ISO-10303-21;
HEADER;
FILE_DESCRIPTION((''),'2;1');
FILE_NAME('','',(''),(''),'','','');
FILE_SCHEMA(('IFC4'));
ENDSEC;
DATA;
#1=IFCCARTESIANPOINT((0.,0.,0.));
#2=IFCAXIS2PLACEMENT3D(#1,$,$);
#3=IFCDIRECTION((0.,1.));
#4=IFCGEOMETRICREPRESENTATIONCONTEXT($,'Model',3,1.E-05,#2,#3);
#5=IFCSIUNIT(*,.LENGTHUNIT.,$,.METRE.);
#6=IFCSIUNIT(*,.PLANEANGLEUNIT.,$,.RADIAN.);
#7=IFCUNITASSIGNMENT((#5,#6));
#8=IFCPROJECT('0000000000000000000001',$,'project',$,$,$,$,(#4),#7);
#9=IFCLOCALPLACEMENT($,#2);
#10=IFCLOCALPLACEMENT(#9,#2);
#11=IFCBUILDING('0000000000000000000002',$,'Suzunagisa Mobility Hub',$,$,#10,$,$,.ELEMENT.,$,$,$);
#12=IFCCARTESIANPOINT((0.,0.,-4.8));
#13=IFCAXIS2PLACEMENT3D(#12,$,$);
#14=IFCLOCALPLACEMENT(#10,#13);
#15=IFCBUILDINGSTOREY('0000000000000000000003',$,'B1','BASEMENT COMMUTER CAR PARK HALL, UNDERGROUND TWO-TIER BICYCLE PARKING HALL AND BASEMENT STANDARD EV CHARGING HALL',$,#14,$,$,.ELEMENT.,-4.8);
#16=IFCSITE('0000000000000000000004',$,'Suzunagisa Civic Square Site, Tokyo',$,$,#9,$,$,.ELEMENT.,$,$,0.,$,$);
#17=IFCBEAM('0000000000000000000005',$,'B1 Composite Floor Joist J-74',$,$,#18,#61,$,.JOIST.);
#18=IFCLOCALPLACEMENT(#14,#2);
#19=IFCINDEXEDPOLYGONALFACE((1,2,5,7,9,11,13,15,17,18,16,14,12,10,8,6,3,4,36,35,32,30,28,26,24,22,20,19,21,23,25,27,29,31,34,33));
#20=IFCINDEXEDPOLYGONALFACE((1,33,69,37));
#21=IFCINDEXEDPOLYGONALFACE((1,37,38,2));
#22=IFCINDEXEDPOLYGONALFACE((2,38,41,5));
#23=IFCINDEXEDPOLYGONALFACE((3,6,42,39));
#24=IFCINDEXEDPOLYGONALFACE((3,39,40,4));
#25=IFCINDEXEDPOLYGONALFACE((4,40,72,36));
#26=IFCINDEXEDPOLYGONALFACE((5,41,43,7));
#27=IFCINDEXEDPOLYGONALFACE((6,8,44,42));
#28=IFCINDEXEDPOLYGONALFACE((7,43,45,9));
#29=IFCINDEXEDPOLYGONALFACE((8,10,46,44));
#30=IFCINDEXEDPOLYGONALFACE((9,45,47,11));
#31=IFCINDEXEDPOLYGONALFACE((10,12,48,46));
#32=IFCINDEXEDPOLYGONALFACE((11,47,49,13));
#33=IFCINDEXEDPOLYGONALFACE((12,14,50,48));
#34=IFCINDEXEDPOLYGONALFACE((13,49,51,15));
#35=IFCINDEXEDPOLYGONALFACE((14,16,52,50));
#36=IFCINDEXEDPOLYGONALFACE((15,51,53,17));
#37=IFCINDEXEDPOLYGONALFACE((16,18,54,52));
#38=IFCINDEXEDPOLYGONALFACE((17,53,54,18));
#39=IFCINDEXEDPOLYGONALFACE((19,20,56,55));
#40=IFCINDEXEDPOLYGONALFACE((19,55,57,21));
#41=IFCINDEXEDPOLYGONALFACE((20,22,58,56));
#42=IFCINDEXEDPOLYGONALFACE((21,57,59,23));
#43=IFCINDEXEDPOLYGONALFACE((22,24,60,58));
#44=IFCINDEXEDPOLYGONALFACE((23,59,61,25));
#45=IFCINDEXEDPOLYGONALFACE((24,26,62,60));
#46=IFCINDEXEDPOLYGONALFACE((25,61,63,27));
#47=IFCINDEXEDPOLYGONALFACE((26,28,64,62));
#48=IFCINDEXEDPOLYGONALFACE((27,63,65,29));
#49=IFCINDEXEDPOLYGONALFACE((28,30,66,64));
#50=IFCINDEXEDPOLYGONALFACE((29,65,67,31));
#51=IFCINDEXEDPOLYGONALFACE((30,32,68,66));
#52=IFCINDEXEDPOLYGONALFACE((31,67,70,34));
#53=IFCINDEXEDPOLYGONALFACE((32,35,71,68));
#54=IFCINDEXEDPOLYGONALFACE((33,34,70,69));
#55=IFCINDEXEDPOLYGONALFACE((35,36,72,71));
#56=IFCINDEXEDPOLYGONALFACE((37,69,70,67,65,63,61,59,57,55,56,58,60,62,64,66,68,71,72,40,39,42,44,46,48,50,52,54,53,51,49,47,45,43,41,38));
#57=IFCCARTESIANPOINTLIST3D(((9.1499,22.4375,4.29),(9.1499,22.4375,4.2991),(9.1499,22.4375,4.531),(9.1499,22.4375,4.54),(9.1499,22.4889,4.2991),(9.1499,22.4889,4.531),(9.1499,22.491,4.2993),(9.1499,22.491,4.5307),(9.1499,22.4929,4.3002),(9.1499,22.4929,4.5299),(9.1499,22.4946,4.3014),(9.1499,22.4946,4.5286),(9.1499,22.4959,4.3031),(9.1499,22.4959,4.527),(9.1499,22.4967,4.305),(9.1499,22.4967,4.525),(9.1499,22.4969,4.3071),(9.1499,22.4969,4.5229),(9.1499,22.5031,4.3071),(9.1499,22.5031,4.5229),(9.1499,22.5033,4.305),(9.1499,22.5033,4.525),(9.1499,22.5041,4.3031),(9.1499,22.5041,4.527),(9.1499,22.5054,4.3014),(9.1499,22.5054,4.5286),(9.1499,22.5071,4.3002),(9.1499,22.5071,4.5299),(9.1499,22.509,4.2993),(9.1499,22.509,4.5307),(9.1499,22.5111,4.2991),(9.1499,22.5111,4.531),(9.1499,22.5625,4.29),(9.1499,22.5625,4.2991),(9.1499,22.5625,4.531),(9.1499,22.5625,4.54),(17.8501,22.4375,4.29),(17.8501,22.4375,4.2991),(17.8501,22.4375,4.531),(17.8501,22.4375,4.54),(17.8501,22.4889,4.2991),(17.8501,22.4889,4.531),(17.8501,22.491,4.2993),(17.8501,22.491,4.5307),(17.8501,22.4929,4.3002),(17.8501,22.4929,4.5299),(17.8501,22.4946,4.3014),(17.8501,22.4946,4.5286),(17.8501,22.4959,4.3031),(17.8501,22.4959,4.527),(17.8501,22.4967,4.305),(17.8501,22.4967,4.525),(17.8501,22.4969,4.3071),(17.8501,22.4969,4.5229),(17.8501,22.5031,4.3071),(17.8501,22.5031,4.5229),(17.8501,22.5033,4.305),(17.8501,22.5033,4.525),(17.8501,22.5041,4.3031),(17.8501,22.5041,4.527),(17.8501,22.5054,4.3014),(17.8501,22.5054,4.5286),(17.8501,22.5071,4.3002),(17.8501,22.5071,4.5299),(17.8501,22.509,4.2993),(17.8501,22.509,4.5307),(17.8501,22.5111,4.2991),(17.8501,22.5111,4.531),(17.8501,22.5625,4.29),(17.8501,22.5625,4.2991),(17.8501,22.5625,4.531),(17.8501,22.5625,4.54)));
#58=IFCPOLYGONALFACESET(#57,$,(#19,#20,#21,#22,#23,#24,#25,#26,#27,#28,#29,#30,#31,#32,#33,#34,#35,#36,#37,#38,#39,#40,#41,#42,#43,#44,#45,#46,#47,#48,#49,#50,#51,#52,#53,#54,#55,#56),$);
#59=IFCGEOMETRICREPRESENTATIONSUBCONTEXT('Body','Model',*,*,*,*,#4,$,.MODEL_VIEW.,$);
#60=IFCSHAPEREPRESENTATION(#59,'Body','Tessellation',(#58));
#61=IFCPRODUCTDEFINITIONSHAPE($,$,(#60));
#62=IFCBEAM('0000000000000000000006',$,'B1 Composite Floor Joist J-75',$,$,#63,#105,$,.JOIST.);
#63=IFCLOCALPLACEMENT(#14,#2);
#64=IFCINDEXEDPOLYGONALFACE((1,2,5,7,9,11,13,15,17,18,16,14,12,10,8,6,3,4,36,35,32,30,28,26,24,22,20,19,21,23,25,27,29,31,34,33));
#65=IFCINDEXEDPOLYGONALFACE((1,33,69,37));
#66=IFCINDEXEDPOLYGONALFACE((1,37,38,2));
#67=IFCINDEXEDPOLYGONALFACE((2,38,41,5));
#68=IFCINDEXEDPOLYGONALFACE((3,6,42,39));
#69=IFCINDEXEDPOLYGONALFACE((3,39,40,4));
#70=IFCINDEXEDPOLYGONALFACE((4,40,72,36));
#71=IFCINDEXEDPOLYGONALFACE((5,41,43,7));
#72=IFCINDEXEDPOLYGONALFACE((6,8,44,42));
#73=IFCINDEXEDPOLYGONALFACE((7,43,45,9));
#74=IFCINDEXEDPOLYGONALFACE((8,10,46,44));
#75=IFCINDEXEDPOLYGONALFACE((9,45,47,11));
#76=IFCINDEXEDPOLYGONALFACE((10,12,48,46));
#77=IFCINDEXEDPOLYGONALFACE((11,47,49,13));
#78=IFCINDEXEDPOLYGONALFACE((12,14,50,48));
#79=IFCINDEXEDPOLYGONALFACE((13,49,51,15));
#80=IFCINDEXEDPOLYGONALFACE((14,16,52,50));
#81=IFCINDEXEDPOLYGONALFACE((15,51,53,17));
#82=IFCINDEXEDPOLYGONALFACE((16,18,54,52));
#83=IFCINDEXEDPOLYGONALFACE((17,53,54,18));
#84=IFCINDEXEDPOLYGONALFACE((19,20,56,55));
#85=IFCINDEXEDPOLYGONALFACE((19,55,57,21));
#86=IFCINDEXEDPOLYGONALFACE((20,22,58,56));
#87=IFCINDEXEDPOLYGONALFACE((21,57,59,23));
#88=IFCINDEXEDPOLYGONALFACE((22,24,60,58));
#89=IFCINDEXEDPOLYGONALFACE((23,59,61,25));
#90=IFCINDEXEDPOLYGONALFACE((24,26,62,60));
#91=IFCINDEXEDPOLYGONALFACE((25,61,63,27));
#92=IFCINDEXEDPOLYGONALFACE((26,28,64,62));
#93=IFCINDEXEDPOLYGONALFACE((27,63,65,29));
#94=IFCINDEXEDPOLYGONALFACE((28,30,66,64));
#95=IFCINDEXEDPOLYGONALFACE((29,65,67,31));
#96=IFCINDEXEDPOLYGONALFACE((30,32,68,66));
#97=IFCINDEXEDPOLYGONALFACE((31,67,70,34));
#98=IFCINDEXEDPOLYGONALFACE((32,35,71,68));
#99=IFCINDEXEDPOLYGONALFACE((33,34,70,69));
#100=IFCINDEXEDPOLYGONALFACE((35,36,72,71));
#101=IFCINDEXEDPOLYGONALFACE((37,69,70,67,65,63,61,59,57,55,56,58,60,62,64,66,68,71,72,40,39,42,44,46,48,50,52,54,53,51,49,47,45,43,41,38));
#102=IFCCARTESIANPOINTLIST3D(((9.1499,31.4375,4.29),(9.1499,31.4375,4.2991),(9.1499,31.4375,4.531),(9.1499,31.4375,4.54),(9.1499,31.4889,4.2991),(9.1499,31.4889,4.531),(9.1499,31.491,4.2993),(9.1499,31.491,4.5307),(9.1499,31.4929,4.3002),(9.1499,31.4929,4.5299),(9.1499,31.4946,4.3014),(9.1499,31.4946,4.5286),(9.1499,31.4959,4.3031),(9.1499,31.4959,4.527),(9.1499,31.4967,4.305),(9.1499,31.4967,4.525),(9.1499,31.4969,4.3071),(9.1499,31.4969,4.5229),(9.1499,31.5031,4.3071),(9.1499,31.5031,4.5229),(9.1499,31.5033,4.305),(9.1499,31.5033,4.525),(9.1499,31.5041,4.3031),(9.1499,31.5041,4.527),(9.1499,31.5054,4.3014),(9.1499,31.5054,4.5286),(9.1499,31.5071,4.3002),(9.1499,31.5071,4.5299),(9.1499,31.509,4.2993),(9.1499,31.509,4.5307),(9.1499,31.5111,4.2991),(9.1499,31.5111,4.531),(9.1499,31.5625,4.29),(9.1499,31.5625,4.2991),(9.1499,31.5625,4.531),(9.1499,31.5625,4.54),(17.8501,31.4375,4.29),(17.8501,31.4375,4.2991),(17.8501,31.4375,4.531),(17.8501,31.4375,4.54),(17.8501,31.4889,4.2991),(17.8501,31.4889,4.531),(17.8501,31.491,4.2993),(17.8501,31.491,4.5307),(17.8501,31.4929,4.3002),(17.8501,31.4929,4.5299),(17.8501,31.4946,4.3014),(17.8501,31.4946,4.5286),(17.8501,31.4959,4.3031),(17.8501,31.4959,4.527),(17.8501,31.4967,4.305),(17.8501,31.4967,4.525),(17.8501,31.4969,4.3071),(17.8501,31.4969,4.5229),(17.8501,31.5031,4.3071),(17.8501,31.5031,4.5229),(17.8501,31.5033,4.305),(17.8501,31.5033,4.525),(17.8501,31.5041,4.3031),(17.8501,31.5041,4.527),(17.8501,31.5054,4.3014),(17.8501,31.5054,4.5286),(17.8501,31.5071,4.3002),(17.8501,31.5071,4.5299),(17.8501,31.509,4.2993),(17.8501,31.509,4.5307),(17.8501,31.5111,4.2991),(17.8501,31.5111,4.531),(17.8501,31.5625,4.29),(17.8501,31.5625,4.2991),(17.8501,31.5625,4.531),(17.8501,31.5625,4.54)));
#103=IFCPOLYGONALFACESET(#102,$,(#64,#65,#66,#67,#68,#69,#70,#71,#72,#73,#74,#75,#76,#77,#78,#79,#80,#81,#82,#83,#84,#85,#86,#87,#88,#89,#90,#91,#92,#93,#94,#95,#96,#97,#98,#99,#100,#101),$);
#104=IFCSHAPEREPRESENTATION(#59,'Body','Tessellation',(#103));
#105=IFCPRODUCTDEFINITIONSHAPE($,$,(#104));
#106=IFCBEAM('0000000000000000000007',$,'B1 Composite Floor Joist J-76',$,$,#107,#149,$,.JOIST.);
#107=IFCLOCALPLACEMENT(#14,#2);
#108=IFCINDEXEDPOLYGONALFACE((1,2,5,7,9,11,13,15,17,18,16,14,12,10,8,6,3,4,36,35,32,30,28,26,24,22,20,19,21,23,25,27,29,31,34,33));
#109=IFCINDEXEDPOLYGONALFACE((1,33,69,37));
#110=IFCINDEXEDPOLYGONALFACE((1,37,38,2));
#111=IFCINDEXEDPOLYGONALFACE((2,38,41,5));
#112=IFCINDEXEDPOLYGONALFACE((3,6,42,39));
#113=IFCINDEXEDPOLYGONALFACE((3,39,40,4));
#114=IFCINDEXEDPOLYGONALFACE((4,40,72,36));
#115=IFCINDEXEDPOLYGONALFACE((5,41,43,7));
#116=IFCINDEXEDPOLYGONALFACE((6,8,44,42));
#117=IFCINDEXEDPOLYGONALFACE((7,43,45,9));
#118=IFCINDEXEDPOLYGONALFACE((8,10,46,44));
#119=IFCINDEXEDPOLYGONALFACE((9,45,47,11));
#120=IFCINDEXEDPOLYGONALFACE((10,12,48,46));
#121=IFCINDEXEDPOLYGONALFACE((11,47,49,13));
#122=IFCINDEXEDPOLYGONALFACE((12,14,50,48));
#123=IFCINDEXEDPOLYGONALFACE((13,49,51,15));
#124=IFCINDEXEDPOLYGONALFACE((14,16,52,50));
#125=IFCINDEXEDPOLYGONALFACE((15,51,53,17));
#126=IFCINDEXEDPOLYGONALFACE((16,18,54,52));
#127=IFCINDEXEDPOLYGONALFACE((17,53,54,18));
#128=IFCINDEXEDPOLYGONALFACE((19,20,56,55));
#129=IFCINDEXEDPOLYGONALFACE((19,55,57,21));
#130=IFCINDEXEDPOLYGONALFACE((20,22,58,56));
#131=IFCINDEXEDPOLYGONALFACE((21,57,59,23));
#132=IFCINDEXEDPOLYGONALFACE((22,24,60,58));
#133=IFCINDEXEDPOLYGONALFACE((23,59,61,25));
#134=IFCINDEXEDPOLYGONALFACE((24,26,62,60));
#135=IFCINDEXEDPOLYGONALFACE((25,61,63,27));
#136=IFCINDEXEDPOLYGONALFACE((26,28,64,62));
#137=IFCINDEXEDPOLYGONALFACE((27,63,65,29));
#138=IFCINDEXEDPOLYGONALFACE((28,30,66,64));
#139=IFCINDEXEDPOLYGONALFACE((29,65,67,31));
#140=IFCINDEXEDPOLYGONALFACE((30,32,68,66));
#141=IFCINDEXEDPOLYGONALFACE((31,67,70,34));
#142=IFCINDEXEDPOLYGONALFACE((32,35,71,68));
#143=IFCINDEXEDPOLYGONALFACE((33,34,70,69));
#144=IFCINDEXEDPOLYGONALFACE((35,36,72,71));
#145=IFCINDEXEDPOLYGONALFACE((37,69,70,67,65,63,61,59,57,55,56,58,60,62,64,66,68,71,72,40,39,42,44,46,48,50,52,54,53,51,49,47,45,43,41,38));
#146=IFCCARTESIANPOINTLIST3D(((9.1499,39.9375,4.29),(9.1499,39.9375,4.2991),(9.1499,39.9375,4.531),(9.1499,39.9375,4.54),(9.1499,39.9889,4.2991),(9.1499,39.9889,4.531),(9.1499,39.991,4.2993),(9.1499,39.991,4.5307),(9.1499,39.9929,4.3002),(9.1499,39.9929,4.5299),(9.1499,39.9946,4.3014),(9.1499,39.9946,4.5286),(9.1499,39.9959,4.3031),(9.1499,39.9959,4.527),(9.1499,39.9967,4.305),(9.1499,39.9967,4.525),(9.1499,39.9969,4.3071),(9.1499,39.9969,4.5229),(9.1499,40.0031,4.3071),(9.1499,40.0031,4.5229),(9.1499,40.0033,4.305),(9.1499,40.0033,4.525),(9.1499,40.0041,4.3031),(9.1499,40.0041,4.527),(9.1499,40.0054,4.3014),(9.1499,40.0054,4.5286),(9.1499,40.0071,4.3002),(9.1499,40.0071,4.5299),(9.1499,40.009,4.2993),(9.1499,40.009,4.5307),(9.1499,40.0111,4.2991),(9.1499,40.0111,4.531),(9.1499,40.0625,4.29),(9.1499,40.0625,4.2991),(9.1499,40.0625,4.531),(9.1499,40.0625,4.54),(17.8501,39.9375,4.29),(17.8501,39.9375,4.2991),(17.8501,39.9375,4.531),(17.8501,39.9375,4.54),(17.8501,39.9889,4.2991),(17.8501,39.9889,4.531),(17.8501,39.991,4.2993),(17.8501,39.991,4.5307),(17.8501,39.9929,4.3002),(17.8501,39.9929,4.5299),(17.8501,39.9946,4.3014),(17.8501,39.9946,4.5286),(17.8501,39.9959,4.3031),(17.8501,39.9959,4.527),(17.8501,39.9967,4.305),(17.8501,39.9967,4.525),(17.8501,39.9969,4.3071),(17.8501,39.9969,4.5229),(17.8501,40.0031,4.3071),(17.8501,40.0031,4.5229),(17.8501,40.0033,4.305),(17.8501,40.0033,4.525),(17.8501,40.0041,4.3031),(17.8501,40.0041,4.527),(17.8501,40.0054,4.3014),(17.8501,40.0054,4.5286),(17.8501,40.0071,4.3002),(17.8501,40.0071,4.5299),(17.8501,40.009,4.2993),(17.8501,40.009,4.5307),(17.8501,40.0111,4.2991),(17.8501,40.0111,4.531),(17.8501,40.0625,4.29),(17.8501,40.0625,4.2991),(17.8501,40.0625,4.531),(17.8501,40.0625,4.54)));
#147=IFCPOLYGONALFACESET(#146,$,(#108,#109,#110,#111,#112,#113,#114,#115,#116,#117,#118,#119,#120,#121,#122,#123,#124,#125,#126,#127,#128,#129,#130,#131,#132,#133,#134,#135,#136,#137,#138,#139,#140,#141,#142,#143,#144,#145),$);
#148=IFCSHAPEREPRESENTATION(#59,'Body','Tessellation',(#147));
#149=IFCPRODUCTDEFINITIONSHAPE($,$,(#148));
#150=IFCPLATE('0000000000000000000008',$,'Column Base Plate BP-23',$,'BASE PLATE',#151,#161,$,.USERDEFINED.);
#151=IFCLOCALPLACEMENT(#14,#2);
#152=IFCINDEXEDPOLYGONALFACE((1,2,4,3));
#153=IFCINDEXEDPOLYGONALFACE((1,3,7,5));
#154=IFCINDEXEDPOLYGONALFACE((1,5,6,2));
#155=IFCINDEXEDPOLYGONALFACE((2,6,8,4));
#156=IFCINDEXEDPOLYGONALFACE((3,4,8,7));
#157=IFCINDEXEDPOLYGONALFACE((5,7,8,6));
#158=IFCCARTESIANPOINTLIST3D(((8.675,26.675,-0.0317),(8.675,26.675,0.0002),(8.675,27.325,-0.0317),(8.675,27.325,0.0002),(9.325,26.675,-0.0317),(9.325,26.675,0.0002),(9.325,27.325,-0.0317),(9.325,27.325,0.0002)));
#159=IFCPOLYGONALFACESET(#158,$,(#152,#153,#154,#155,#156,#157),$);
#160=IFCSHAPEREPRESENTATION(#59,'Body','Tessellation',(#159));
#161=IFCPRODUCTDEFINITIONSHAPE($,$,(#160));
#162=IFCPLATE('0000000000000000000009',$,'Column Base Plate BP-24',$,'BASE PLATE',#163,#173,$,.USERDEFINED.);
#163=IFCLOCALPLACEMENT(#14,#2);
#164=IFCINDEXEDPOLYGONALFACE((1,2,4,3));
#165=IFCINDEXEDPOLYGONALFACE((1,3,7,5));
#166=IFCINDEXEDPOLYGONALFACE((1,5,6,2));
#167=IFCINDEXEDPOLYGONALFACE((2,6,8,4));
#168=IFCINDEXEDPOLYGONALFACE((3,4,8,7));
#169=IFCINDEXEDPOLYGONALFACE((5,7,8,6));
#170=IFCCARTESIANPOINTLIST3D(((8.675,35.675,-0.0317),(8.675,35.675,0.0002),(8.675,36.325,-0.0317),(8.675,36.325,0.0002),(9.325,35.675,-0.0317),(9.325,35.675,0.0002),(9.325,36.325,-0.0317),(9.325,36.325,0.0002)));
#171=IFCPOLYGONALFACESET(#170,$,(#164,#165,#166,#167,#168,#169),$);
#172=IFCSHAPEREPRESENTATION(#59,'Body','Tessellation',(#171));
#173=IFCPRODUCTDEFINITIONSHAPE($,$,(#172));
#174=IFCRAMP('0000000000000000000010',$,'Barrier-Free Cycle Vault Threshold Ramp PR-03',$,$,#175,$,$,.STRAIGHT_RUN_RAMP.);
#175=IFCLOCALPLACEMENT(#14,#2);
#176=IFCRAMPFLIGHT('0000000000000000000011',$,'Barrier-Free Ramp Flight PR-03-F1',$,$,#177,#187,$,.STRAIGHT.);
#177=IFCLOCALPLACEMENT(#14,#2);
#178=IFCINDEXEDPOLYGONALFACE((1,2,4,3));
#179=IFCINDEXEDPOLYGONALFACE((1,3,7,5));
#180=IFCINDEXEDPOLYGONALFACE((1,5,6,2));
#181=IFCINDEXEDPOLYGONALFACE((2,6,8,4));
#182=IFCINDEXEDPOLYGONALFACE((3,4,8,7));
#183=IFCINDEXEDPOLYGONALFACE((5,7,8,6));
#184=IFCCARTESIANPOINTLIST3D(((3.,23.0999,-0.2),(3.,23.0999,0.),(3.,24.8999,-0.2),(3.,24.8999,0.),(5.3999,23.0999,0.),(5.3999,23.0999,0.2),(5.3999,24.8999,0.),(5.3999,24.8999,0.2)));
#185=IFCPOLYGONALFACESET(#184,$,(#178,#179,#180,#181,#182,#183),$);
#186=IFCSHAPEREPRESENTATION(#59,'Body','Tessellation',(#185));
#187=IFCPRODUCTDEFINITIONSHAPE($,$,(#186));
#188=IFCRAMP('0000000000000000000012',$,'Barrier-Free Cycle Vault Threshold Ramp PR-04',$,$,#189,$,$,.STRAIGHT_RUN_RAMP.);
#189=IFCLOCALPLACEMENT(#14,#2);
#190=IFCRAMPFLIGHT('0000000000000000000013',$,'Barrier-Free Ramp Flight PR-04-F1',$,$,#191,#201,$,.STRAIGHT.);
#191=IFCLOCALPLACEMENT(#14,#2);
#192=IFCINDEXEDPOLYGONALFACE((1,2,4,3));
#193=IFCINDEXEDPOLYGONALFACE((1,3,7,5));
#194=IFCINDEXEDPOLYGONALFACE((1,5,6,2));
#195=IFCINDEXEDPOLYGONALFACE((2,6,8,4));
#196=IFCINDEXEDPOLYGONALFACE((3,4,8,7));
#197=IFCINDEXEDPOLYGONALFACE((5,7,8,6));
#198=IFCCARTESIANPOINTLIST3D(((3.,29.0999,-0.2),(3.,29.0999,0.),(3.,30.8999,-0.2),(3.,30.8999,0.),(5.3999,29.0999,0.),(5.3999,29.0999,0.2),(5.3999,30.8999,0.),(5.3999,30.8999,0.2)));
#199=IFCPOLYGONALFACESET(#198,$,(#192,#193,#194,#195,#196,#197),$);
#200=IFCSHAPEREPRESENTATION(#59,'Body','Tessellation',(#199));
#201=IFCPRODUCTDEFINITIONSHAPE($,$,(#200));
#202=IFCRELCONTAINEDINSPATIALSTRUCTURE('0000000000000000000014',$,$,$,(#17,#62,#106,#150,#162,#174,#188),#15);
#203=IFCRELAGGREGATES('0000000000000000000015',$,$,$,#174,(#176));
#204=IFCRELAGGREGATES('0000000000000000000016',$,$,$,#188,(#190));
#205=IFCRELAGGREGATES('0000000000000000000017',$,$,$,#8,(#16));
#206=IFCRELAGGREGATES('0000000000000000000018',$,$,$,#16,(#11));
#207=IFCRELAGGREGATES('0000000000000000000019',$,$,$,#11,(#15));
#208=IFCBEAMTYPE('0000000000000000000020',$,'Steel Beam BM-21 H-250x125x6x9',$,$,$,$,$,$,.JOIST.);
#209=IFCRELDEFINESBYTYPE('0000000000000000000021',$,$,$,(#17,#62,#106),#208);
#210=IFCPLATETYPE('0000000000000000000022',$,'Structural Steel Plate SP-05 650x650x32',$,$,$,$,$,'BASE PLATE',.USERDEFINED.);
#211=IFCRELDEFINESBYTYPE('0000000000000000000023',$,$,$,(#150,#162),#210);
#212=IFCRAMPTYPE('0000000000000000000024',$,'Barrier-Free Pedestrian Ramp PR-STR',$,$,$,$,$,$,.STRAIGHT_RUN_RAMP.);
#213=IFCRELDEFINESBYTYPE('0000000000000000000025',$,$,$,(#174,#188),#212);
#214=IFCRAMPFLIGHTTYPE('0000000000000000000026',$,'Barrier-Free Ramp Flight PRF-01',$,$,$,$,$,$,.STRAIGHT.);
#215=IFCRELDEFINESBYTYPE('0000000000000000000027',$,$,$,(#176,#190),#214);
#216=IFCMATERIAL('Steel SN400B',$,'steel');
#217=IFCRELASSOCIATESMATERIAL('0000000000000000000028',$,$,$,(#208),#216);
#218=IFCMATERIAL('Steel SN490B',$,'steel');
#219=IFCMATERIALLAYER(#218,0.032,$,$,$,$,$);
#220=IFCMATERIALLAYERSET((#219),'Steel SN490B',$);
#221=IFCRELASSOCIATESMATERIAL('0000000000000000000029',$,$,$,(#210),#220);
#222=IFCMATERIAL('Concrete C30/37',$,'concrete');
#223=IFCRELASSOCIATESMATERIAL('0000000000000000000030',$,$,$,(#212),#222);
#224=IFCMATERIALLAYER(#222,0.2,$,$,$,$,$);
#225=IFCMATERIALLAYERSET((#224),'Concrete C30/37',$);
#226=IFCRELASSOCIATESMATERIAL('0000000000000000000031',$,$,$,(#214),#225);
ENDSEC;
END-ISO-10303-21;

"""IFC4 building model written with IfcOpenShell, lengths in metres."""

from ifc_helpers import new_model, si_unit, direction, frame, origin, origin_2d, place, context, subcontext, project, spatial, polyline, rectangle, i_section, outline, extrude, material, layer, layer_set, material_profile, profile_set, type_object, element, aggregate, save


model = new_model("IFC4")

# Units and contexts
model_context = context("Model", 3, precision=1e-05, world=origin(), true_north=direction((0.0, 1.0)))
body_context = subcontext(model_context, "Body", "Model", "MODEL_VIEW")
ifc_project = project(units=[si_unit("LENGTHUNIT", "METRE"), si_unit("PLANEANGLEUNIT", "RADIAN")], contexts=[model_context])

# Site, building, storey
site_placement = place(None, origin())
site = spatial("IfcSite", under=ifc_project, at=site_placement, Name="Suzunagisa Civic Square Site, Tokyo", CompositionType="ELEMENT", RefElevation=0.0)
building_placement = place(site_placement, origin())
building = spatial("IfcBuilding", under=site, at=building_placement, Name="Suzunagisa Mobility Hub", CompositionType="ELEMENT")
storey_placement = place(building_placement, frame((0.0, 0.0, -4.8)))
storey = spatial("IfcBuildingStorey", under=building, at=storey_placement, Name="B1", Description="BASEMENT COMMUTER CAR PARK HALL, UNDERGROUND TWO-TIER BICYCLE PARKING HALL AND BASEMENT STANDARD EV CHARGING HALL", CompositionType="ELEMENT", Elevation=-4.8)

# Shared definitions
ifc_material_1 = material(Name="Concrete C30/37", Category="concrete")

# Shared definitions
ifc_material_2 = material(Name="Steel SN490B", Category="steel")

# Beams
ifc_material_3 = material(Name="Steel SN400B", Category="steel")
ifc_material_profile_1 = material_profile(ifc_material_3, i_section(OverallWidth=0.125, OverallDepth=0.25, WebThickness=0.0061, FlangeThickness=0.009, FilletRadius=0.0081, at=origin_2d()), Name="H-250x125x6x9")
ifc_profile_set_1 = profile_set([ifc_material_profile_1], Name="Steel SN400B")
beam_type_1 = type_object("IfcBeamType", Name="Steel Beam BM-21 H-250x125x6x9", PredefinedType="JOIST", material=ifc_profile_set_1)
for number, where, z_axis, x_axis, name in (
    (1, (9.1499, 22.5, 4.415), (1.0, 0.0, 0.0), (0.0, 1.0, 0.0), "B1 Composite Floor Joist J-74"),
    (2, (9.1499, 31.5, 4.415), (1.0, 0.0, 0.0), (0.0, 1.0, 0.0), "B1 Composite Floor Joist J-75"),
    (3, (9.1499, 40.0, 4.415), (1.0, 0.0, 0.0), (0.0, 1.0, 0.0), "B1 Composite Floor Joist J-76"),
):
    element("IfcBeam", number, at=place(storey_placement, frame(where, z_axis=z_axis, x_axis=x_axis)), inside=storey, type_object=beam_type_1, Name=name, PredefinedType="JOIST", context=body_context, shape_type="SweptSolid", body=[
        extrude(i_section(OverallWidth=0.125, OverallDepth=0.25, WebThickness=0.0061, FlangeThickness=0.009, FilletRadius=0.0081, at=origin_2d()), origin(), (0.0, 0.0, 1.0), 8.7002),
    ])

# Plates
ifc_layer_1 = layer(ifc_material_2, 0.032)
ifc_layer_set_1 = layer_set([ifc_layer_1], Name="Steel SN490B")
plate_type = type_object("IfcPlateType", Name="Structural Steel Plate SP-05 650x650x32", ElementType="BASE PLATE", PredefinedType="USERDEFINED", material=ifc_layer_set_1)
for number, where, z_axis, x_axis, name in (
    (4, (9.0, 27.0, -0.0317), (0.0, 0.0, 1.0), (1.0, 0.0, 0.0), "Column Base Plate BP-23"),
    (5, (9.0, 36.0, -0.0317), (0.0, 0.0, 1.0), (1.0, 0.0, 0.0), "Column Base Plate BP-24"),
):
    element("IfcPlate", number, at=place(storey_placement, frame(where, z_axis=z_axis, x_axis=x_axis)), inside=storey, type_object=plate_type, Name=name, ObjectType="BASE PLATE", PredefinedType="USERDEFINED", context=body_context, shape_type="SweptSolid", body=[
        extrude(rectangle(XDim=0.6499, YDim=0.6499, at=origin_2d()), origin(), (0.0, 0.0, 1.0), 0.032),
    ])

# Ramps, ramp flights
ramp_type = type_object("IfcRampType", Name="Barrier-Free Pedestrian Ramp PR-STR", PredefinedType="STRAIGHT_RUN_RAMP", material=ifc_material_1)
ramp_1_placement = place(storey_placement, origin())
ramp_1 = element("IfcRamp", 6, at=ramp_1_placement, inside=storey, type_object=ramp_type, Name="Barrier-Free Cycle Vault Threshold Ramp PR-03", PredefinedType="STRAIGHT_RUN_RAMP")
ifc_layer_2 = layer(ifc_material_1, 0.2)
ifc_layer_set_2 = layer_set([ifc_layer_2], Name="Concrete C30/37")
ramp_flight_type = type_object("IfcRampFlightType", Name="Barrier-Free Ramp Flight PRF-01", PredefinedType="STRAIGHT", material=ifc_layer_set_2)
ramp_flight_1_placement = place(storey_placement, frame((3.0, 24.0, 0.0), z_axis=(0.0, 0.0, 1.0), x_axis=(1.0, 0.0, 0.0)))
ramp_flight_1 = element("IfcRampFlight", 7, at=ramp_flight_1_placement, type_object=ramp_flight_type, Name="Barrier-Free Ramp Flight PR-03-F1", PredefinedType="STRAIGHT", context=body_context, shape_type="SweptSolid", body=[
    extrude(outline(polyline([(0.0, 0.0), (2.3999, 0.2), (2.3999, 0.0), (0.0, -0.2), (0.0, 0.0)])), frame((0.0, 0.8999, 0.0), z_axis=(0.0, -1.0, 0.0), x_axis=(1.0, 0.0, 0.0)), (0.0, 0.0, 1.0), 1.8),
])
aggregate(ramp_1, [ramp_flight_1])
ramp_2_placement = place(storey_placement, origin())
ramp_2 = element("IfcRamp", 8, at=ramp_2_placement, inside=storey, type_object=ramp_type, Name="Barrier-Free Cycle Vault Threshold Ramp PR-04", PredefinedType="STRAIGHT_RUN_RAMP")
ramp_flight_2_placement = place(storey_placement, frame((3.0, 30.0, 0.0), z_axis=(0.0, 0.0, 1.0), x_axis=(1.0, 0.0, 0.0)))
ramp_flight_2 = element("IfcRampFlight", 9, at=ramp_flight_2_placement, type_object=ramp_flight_type, Name="Barrier-Free Ramp Flight PR-04-F1", PredefinedType="STRAIGHT", context=body_context, shape_type="SweptSolid", body=[
    extrude(outline(polyline([(0.0, 0.0), (2.3999, 0.2), (2.3999, 0.0), (0.0, -0.2), (0.0, 0.0)])), frame((0.0, 0.8999, 0.0), z_axis=(0.0, -1.0, 0.0), x_axis=(1.0, 0.0, 0.0)), (0.0, 0.0, 1.0), 1.8),
])
aggregate(ramp_2, [ramp_flight_2])

save(model, "model.ifc")
